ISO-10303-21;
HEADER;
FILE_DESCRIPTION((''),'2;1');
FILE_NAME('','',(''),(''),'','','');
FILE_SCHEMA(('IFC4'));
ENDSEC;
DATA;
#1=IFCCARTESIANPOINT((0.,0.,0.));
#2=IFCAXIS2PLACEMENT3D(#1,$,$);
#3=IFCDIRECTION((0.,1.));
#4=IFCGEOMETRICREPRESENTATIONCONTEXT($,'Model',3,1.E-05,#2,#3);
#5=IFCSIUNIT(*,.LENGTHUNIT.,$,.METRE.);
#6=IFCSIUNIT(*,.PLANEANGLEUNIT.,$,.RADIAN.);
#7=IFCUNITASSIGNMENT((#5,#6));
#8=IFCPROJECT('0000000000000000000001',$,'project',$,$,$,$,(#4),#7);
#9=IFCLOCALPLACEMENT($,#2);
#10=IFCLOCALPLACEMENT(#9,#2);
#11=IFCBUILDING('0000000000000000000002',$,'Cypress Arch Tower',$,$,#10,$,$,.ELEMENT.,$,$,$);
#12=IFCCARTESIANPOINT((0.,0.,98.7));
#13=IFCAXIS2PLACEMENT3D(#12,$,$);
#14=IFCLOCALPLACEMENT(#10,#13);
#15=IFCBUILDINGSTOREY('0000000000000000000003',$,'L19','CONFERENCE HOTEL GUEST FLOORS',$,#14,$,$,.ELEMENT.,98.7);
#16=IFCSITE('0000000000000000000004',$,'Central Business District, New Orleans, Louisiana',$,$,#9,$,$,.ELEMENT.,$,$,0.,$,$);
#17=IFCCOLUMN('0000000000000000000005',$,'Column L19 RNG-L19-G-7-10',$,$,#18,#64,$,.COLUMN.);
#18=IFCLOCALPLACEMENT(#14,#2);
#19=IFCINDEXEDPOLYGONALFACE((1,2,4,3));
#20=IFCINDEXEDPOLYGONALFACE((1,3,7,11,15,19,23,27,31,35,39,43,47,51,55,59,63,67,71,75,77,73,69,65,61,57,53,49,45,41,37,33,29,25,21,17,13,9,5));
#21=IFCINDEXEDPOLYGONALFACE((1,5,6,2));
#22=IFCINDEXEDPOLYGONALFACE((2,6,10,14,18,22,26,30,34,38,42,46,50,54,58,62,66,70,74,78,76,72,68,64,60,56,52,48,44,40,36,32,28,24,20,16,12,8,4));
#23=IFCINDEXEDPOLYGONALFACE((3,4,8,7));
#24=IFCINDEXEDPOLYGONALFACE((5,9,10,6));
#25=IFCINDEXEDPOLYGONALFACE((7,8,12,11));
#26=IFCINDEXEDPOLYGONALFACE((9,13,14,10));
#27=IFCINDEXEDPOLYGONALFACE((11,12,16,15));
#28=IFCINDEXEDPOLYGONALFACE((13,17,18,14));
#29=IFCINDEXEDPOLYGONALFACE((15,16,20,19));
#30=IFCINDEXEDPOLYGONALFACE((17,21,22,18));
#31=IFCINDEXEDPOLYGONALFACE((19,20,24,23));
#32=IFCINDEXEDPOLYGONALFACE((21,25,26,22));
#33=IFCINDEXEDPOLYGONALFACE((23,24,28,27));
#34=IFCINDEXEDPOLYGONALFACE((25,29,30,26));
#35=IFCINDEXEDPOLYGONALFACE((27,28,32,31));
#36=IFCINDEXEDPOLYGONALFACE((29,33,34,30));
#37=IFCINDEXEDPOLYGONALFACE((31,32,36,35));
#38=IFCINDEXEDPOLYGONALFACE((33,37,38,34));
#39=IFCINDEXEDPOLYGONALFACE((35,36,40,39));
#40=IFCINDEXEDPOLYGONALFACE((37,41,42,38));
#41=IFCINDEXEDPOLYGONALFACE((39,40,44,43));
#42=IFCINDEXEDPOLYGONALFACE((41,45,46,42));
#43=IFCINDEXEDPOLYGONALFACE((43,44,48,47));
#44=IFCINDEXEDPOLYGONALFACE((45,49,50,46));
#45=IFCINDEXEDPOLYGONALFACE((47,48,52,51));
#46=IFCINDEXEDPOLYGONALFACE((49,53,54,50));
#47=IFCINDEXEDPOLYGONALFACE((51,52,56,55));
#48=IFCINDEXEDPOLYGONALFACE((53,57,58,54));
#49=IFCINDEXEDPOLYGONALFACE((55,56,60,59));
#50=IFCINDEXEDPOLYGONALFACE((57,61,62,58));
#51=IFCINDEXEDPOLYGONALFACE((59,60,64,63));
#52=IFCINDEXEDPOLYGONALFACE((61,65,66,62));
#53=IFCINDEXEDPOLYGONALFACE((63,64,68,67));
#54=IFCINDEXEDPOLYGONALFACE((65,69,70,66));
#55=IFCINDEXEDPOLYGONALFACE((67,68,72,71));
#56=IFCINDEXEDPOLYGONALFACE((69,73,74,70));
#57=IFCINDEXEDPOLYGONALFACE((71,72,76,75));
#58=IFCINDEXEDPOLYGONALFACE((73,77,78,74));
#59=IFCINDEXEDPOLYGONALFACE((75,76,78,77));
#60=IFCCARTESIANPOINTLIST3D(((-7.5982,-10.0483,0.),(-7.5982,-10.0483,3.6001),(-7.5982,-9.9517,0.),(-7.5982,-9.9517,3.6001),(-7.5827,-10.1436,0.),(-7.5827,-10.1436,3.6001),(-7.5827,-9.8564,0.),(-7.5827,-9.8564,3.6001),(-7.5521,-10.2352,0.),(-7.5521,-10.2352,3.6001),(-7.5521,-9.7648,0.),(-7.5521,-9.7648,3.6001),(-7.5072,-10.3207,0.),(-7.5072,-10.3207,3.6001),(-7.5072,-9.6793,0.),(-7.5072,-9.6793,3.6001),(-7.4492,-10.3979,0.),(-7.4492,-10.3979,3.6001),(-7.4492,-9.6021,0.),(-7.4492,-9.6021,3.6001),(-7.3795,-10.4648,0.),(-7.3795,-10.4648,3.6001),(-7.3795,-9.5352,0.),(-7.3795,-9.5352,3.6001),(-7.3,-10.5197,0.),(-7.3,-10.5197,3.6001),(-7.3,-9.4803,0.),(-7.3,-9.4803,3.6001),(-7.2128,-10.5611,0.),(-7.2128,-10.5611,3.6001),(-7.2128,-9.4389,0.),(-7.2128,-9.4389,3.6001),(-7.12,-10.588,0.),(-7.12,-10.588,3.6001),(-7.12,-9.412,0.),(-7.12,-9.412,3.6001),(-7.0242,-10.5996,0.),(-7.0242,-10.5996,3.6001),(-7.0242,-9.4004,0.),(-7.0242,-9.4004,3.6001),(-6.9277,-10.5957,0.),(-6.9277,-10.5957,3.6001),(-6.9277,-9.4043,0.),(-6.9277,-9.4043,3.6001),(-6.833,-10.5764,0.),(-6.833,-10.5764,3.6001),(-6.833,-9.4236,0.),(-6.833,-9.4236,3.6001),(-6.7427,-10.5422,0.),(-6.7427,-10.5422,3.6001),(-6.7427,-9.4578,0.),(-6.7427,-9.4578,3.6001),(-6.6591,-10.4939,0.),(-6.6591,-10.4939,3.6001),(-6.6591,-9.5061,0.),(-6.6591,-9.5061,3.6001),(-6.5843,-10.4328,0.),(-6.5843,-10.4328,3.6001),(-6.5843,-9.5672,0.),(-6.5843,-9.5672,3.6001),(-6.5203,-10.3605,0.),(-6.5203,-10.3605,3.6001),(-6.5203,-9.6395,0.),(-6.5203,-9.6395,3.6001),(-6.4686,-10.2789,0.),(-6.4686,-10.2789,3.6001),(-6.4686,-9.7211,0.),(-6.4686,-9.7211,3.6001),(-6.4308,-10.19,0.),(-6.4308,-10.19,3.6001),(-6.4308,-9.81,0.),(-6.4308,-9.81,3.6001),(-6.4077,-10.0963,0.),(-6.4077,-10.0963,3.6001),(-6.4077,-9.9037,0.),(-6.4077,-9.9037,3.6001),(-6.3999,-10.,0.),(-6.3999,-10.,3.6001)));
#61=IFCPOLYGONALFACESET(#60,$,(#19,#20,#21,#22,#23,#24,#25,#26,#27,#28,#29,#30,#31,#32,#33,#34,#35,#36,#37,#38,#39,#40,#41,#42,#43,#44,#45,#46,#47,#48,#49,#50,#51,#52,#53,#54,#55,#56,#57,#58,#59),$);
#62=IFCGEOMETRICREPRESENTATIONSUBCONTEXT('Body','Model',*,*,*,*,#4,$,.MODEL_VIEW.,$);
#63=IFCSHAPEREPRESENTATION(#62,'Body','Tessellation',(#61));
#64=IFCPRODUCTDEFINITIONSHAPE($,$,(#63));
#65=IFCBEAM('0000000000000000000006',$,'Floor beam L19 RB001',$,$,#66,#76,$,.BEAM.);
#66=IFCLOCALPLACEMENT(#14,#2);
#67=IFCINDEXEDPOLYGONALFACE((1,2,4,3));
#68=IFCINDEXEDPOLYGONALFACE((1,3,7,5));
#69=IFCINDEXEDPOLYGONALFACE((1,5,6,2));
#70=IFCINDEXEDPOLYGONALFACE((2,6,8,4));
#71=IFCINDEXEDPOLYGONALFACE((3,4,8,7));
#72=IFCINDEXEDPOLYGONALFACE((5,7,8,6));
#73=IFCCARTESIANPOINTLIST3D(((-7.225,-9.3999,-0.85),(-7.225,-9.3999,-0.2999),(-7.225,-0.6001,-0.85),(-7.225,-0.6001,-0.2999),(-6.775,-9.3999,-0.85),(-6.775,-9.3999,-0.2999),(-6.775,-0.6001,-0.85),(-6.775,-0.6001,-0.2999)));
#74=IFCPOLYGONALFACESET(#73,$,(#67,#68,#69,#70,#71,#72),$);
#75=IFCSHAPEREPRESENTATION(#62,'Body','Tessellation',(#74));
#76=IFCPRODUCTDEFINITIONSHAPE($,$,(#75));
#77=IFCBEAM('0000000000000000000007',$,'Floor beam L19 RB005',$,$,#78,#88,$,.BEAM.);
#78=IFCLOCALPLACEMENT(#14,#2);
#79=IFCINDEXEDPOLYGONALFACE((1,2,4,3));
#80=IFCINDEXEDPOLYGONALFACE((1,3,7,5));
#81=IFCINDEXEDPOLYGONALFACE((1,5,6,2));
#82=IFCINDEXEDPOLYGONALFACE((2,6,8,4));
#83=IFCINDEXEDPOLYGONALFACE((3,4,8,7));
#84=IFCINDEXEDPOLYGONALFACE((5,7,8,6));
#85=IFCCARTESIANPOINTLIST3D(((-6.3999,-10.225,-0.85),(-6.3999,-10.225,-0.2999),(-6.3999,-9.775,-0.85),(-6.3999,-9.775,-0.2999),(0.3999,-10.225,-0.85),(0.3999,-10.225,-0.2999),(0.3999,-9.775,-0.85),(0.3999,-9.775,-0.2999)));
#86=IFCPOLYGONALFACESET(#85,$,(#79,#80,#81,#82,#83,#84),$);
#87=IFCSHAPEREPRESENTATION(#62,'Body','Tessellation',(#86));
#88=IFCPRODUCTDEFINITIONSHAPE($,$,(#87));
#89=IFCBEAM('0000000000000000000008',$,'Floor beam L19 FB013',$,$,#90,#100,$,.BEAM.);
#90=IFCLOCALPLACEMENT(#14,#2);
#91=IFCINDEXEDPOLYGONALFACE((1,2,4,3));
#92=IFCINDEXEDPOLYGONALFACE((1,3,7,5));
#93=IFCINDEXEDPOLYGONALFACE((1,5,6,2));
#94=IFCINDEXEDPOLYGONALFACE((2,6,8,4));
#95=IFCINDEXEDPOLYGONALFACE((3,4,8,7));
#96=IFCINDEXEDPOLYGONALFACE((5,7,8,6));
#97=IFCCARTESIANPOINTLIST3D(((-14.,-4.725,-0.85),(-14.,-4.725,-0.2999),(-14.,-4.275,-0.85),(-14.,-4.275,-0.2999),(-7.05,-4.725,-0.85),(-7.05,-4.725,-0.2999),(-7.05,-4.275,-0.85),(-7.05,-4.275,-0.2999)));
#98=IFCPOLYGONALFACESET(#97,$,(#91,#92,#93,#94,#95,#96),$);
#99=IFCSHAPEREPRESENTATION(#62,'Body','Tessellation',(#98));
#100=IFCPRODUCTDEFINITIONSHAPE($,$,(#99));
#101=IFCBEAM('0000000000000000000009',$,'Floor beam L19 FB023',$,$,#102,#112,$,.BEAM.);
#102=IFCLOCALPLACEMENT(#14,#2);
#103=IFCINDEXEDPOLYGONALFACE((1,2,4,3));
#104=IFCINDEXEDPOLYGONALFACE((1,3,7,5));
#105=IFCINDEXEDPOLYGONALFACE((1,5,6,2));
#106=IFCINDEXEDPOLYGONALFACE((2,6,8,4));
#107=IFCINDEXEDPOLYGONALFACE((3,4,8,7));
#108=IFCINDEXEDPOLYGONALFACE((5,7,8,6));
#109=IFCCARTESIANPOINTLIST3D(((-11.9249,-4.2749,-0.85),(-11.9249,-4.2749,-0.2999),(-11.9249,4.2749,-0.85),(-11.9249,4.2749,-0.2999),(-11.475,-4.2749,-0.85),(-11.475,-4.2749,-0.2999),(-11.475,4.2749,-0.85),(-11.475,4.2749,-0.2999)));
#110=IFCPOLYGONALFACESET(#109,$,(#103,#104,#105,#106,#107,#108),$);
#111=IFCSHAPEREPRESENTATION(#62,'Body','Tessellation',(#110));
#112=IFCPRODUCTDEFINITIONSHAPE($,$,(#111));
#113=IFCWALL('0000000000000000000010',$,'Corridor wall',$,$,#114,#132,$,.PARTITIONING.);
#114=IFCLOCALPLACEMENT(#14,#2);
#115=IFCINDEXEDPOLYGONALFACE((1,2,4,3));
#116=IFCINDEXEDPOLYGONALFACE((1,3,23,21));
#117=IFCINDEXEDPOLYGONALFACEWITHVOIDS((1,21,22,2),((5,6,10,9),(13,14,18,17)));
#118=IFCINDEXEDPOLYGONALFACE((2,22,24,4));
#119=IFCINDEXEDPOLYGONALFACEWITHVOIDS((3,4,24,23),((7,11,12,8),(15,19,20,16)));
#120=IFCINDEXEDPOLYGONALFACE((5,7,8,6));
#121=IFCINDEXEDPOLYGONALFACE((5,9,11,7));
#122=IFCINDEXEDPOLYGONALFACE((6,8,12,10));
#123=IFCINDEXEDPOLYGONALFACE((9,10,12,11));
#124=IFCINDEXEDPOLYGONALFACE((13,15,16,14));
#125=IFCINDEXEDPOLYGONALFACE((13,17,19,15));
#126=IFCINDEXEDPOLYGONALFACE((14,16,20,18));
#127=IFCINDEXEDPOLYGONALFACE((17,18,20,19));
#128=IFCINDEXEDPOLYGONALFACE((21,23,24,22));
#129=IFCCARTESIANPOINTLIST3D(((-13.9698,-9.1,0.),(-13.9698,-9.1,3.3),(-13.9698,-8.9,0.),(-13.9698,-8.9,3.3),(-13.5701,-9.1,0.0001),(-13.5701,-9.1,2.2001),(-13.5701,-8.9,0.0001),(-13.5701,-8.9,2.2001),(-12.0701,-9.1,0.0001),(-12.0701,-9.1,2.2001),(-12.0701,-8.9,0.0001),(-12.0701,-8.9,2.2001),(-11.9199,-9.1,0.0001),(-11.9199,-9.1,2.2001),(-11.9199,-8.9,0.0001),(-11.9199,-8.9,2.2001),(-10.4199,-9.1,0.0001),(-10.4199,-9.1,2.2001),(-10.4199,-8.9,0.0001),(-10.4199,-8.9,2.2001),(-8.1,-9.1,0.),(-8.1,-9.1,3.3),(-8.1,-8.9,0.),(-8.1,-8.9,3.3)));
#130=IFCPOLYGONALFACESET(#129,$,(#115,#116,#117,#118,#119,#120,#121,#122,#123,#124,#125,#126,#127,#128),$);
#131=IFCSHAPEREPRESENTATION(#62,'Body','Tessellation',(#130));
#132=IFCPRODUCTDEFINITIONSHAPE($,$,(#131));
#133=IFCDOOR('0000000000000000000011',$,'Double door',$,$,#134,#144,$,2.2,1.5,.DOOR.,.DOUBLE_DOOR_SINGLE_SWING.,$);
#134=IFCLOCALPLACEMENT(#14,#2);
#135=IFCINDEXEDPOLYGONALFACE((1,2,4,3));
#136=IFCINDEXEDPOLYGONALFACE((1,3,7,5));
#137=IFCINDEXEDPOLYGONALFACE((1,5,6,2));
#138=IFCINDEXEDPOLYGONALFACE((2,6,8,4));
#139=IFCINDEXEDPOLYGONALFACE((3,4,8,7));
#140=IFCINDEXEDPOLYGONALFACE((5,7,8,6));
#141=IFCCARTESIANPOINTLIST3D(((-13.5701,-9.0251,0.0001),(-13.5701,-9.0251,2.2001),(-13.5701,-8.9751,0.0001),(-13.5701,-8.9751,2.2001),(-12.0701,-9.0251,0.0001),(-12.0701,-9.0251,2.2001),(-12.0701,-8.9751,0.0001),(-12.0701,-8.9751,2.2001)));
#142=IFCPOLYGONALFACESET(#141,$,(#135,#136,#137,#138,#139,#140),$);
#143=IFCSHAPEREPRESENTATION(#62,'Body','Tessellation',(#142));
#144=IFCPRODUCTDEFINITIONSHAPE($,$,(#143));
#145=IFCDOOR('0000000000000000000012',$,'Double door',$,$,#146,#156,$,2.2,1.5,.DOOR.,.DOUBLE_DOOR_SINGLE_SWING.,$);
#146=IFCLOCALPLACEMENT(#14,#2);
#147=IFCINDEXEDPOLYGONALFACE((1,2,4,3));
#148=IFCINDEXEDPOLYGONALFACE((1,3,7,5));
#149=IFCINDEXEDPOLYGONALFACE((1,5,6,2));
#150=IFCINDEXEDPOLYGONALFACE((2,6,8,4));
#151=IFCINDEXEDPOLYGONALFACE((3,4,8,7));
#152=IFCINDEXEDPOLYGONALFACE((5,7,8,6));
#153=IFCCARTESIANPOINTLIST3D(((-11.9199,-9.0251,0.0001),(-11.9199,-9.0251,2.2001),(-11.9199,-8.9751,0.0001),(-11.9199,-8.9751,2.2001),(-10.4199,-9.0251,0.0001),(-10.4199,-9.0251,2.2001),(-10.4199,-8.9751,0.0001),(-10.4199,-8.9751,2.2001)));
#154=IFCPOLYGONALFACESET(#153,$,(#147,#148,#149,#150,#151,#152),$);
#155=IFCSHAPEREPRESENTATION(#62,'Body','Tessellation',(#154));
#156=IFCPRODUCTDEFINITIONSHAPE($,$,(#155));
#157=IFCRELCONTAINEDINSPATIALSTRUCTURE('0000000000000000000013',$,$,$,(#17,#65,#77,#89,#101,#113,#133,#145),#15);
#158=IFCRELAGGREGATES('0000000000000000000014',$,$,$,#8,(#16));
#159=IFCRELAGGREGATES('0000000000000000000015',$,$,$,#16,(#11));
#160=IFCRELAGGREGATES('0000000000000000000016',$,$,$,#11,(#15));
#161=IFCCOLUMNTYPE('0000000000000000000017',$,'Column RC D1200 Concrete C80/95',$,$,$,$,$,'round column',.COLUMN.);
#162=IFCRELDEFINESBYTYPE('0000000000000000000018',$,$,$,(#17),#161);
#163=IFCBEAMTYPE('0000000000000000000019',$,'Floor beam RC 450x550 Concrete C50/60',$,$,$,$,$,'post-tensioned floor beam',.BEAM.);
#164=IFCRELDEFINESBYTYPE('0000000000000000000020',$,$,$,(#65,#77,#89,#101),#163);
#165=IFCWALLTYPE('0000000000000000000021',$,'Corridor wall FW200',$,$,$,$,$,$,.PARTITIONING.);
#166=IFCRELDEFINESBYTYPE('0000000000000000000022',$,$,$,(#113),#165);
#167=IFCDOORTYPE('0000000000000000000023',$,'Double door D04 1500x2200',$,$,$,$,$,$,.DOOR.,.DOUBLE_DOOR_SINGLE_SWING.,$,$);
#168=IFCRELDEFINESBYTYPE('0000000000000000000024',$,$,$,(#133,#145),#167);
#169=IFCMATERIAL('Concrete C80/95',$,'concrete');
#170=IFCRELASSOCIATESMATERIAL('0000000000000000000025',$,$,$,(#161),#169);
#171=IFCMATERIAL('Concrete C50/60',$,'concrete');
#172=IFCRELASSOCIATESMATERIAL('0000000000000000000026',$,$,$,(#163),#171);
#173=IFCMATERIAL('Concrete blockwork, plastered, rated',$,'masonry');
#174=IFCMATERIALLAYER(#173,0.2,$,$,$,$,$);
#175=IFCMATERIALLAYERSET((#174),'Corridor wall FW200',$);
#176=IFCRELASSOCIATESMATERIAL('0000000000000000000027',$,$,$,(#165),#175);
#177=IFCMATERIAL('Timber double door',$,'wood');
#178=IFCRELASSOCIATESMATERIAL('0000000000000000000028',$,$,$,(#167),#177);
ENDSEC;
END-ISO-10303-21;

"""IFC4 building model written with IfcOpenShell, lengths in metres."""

from ifc_helpers import new_model, si_unit, direction, frame, frame_2d, origin, origin_2d, place, context, subcontext, project, spatial, rectangle, circle, extrude, material, layer, layer_set, material_profile, profile_set, type_object, element, fill, save


model = new_model("IFC4")

# Units and contexts
model_context = context("Model", 3, precision=1e-05, world=origin(), true_north=direction((0.0, 1.0)))
body_context = subcontext(model_context, "Body", "Model", "MODEL_VIEW")
ifc_project = project(units=[si_unit("LENGTHUNIT", "METRE"), si_unit("PLANEANGLEUNIT", "RADIAN")], contexts=[model_context])

# Site, building, storey
site_placement = place(None, origin())
site = spatial("IfcSite", under=ifc_project, at=site_placement, Name="Central Business District, New Orleans, Louisiana", CompositionType="ELEMENT", RefElevation=0.0)
building_placement = place(site_placement, origin())
building = spatial("IfcBuilding", under=site, at=building_placement, Name="Cypress Arch Tower", CompositionType="ELEMENT")
storey_placement = place(building_placement, frame((0.0, 0.0, 98.7)))
storey = spatial("IfcBuildingStorey", under=building, at=storey_placement, Name="L19", Description="CONFERENCE HOTEL GUEST FLOORS", CompositionType="ELEMENT", Elevation=98.7)

# Column
ifc_material_1 = material(Name="Concrete C80/95", Category="concrete")
ifc_material_profile_1 = material_profile(ifc_material_1, circle(Radius=0.6001, at=origin_2d()), Name="RC D1200")
ifc_profile_set_1 = profile_set([ifc_material_profile_1], Name="Concrete C80/95")
column_type = type_object("IfcColumnType", Name="Column RC D1200 Concrete C80/95", ElementType="round column", PredefinedType="COLUMN", material=ifc_profile_set_1)
column_placement = place(storey_placement, frame((-7.0, -10.0, 0.0), z_axis=(0.0, 0.0, 1.0), x_axis=(1.0, 0.0, 0.0)))
element("IfcColumn", 1, at=column_placement, inside=storey, type_object=column_type, Name="Column L19 RNG-L19-G-7-10", PredefinedType="COLUMN", context=body_context, shape_type="SweptSolid", body=[
    extrude(circle(Radius=0.6001, at=origin_2d()), origin(), (0.0, 0.0, 1.0), 3.6001),
])

# Beams
ifc_material_2 = material(Name="Concrete C50/60", Category="concrete")
ifc_material_profile_2 = material_profile(ifc_material_2, rectangle(XDim=0.45, YDim=0.55, at=origin_2d()), Name="RC 450x550")
ifc_profile_set_2 = profile_set([ifc_material_profile_2], Name="Concrete C50/60")
beam_type = type_object("IfcBeamType", Name="Floor beam RC 450x550 Concrete C50/60", ElementType="post-tensioned floor beam", PredefinedType="BEAM", material=ifc_profile_set_2)
beam_1_placement = place(storey_placement, frame((-7.0, -9.3999, -0.575), z_axis=(0.0, 1.0, 0.0), x_axis=(-1.0, 0.0, 0.0)))
element("IfcBeam", 2, at=beam_1_placement, inside=storey, type_object=beam_type, Name="Floor beam L19 RB001", PredefinedType="BEAM", context=body_context, shape_type="SweptSolid", body=[
    extrude(rectangle(XDim=0.45, YDim=0.55, at=origin_2d()), origin(), (0.0, 0.0, 1.0), 8.7998),
])
beam_2_placement = place(storey_placement, frame((-6.3999, -10.0, -0.575), z_axis=(1.0, 0.0, 0.0), x_axis=(0.0, 1.0, 0.0)))
element("IfcBeam", 3, at=beam_2_placement, inside=storey, type_object=beam_type, Name="Floor beam L19 RB005", PredefinedType="BEAM", context=body_context, shape_type="SweptSolid", body=[
    extrude(rectangle(XDim=0.45, YDim=0.55, at=origin_2d()), origin(), (0.0, 0.0, 1.0), 6.7998),
])
beam_3_placement = place(storey_placement, frame((-14.0, -4.5, -0.575), z_axis=(1.0, 0.0, 0.0), x_axis=(0.0, 1.0, 0.0)))
element("IfcBeam", 4, at=beam_3_placement, inside=storey, type_object=beam_type, Name="Floor beam L19 FB013", PredefinedType="BEAM", context=body_context, shape_type="SweptSolid", body=[
    extrude(rectangle(XDim=0.45, YDim=0.55, at=origin_2d()), origin(), (0.0, 0.0, 1.0), 6.95),
])
beam_4_placement = place(storey_placement, frame((-11.7, -4.2749, -0.575), z_axis=(0.0, 1.0, 0.0), x_axis=(-1.0, 0.0, 0.0)))
element("IfcBeam", 5, at=beam_4_placement, inside=storey, type_object=beam_type, Name="Floor beam L19 FB023", PredefinedType="BEAM", context=body_context, shape_type="SweptSolid", body=[
    extrude(rectangle(XDim=0.45, YDim=0.55, at=origin_2d()), origin(), (0.0, 0.0, 1.0), 8.5498),
])

# Wall, openings, doors
ifc_material_3 = material(Name="Concrete blockwork, plastered, rated", Category="masonry")
ifc_layer_1 = layer(ifc_material_3, 0.2)
ifc_layer_set_1 = layer_set([ifc_layer_1], Name="Corridor wall FW200")
wall_type_1 = type_object("IfcWallType", Name="Corridor wall FW200", PredefinedType="PARTITIONING", material=ifc_layer_set_1)
wall_1_placement = place(storey_placement, frame((-13.97, -9.0, 0.0), z_axis=(0.0, 0.0, 1.0), x_axis=(1.0, 0.0, 0.0)))
wall_1 = element("IfcWall", 6, at=wall_1_placement, inside=storey, type_object=wall_type_1, Name="Corridor wall", PredefinedType="PARTITIONING", context=body_context, shape_type="SweptSolid", body=[
    extrude(rectangle(XDim=5.8699, YDim=0.2, at=frame_2d((2.9351, 0.0))), origin(), (0.0, 0.0, 1.0), 3.3),
])
opening_1_placement = place(wall_1_placement, frame((0.3999, 0.0, 0.0)))
opening_1 = element("IfcOpeningElement", 7, at=opening_1_placement, cuts=wall_1, PredefinedType="OPENING", context=body_context, shape_type="SweptSolid", body=[
    extrude(rectangle(XDim=1.5, YDim=2.2, at=frame_2d((0.75, 1.1001))), frame((0.0, 0.1099, 0.0), z_axis=(0.0, -1.0, 0.0), x_axis=(1.0, 0.0, 0.0)), (0.0, 0.0, 1.0), 0.22),
])
opening_2_placement = place(wall_1_placement, frame((2.05, 0.0, 0.0)))
opening_2 = element("IfcOpeningElement", 8, at=opening_2_placement, cuts=wall_1, PredefinedType="OPENING", context=body_context, shape_type="SweptSolid", body=[
    extrude(rectangle(XDim=1.5, YDim=2.2, at=frame_2d((0.75, 1.1001))), frame((0.0, 0.1099, 0.0), z_axis=(0.0, -1.0, 0.0), x_axis=(1.0, 0.0, 0.0)), (0.0, 0.0, 1.0), 0.22),
])
ifc_material_4 = material(Name="Timber double door", Category="wood")
door_type_1 = type_object("IfcDoorType", Name="Double door D04 1500x2200", OperationType="DOUBLE_DOOR_SINGLE_SWING", PredefinedType="DOOR", material=ifc_material_4)
door_1_placement = place(opening_1_placement, origin())
door_1 = element("IfcDoor", 9, at=door_1_placement, inside=storey, type_object=door_type_1, Name="Double door", OperationType="DOUBLE_DOOR_SINGLE_SWING", OverallHeight=2.2, OverallWidth=1.5, PredefinedType="DOOR", context=body_context, shape_type="SweptSolid", body=[
    extrude(rectangle(XDim=1.5, YDim=2.2, at=frame_2d((0.75, 1.1001))), frame((0.0, 0.0249, 0.0), z_axis=(0.0, -1.0, 0.0), x_axis=(1.0, 0.0, 0.0)), (0.0, 0.0, 1.0), 0.05),
])
fill(opening_1, door_1)
door_2_placement = place(opening_2_placement, origin())
door_2 = element("IfcDoor", 10, at=door_2_placement, inside=storey, type_object=door_type_1, Name="Double door", OperationType="DOUBLE_DOOR_SINGLE_SWING", OverallHeight=2.2, OverallWidth=1.5, PredefinedType="DOOR", context=body_context, shape_type="SweptSolid", body=[
    extrude(rectangle(XDim=1.5, YDim=2.2, at=frame_2d((0.75, 1.1001))), frame((0.0, 0.0249, 0.0), z_axis=(0.0, -1.0, 0.0), x_axis=(1.0, 0.0, 0.0)), (0.0, 0.0, 1.0), 0.05),
])
fill(opening_2, door_2)

save(model, "model.ifc")
